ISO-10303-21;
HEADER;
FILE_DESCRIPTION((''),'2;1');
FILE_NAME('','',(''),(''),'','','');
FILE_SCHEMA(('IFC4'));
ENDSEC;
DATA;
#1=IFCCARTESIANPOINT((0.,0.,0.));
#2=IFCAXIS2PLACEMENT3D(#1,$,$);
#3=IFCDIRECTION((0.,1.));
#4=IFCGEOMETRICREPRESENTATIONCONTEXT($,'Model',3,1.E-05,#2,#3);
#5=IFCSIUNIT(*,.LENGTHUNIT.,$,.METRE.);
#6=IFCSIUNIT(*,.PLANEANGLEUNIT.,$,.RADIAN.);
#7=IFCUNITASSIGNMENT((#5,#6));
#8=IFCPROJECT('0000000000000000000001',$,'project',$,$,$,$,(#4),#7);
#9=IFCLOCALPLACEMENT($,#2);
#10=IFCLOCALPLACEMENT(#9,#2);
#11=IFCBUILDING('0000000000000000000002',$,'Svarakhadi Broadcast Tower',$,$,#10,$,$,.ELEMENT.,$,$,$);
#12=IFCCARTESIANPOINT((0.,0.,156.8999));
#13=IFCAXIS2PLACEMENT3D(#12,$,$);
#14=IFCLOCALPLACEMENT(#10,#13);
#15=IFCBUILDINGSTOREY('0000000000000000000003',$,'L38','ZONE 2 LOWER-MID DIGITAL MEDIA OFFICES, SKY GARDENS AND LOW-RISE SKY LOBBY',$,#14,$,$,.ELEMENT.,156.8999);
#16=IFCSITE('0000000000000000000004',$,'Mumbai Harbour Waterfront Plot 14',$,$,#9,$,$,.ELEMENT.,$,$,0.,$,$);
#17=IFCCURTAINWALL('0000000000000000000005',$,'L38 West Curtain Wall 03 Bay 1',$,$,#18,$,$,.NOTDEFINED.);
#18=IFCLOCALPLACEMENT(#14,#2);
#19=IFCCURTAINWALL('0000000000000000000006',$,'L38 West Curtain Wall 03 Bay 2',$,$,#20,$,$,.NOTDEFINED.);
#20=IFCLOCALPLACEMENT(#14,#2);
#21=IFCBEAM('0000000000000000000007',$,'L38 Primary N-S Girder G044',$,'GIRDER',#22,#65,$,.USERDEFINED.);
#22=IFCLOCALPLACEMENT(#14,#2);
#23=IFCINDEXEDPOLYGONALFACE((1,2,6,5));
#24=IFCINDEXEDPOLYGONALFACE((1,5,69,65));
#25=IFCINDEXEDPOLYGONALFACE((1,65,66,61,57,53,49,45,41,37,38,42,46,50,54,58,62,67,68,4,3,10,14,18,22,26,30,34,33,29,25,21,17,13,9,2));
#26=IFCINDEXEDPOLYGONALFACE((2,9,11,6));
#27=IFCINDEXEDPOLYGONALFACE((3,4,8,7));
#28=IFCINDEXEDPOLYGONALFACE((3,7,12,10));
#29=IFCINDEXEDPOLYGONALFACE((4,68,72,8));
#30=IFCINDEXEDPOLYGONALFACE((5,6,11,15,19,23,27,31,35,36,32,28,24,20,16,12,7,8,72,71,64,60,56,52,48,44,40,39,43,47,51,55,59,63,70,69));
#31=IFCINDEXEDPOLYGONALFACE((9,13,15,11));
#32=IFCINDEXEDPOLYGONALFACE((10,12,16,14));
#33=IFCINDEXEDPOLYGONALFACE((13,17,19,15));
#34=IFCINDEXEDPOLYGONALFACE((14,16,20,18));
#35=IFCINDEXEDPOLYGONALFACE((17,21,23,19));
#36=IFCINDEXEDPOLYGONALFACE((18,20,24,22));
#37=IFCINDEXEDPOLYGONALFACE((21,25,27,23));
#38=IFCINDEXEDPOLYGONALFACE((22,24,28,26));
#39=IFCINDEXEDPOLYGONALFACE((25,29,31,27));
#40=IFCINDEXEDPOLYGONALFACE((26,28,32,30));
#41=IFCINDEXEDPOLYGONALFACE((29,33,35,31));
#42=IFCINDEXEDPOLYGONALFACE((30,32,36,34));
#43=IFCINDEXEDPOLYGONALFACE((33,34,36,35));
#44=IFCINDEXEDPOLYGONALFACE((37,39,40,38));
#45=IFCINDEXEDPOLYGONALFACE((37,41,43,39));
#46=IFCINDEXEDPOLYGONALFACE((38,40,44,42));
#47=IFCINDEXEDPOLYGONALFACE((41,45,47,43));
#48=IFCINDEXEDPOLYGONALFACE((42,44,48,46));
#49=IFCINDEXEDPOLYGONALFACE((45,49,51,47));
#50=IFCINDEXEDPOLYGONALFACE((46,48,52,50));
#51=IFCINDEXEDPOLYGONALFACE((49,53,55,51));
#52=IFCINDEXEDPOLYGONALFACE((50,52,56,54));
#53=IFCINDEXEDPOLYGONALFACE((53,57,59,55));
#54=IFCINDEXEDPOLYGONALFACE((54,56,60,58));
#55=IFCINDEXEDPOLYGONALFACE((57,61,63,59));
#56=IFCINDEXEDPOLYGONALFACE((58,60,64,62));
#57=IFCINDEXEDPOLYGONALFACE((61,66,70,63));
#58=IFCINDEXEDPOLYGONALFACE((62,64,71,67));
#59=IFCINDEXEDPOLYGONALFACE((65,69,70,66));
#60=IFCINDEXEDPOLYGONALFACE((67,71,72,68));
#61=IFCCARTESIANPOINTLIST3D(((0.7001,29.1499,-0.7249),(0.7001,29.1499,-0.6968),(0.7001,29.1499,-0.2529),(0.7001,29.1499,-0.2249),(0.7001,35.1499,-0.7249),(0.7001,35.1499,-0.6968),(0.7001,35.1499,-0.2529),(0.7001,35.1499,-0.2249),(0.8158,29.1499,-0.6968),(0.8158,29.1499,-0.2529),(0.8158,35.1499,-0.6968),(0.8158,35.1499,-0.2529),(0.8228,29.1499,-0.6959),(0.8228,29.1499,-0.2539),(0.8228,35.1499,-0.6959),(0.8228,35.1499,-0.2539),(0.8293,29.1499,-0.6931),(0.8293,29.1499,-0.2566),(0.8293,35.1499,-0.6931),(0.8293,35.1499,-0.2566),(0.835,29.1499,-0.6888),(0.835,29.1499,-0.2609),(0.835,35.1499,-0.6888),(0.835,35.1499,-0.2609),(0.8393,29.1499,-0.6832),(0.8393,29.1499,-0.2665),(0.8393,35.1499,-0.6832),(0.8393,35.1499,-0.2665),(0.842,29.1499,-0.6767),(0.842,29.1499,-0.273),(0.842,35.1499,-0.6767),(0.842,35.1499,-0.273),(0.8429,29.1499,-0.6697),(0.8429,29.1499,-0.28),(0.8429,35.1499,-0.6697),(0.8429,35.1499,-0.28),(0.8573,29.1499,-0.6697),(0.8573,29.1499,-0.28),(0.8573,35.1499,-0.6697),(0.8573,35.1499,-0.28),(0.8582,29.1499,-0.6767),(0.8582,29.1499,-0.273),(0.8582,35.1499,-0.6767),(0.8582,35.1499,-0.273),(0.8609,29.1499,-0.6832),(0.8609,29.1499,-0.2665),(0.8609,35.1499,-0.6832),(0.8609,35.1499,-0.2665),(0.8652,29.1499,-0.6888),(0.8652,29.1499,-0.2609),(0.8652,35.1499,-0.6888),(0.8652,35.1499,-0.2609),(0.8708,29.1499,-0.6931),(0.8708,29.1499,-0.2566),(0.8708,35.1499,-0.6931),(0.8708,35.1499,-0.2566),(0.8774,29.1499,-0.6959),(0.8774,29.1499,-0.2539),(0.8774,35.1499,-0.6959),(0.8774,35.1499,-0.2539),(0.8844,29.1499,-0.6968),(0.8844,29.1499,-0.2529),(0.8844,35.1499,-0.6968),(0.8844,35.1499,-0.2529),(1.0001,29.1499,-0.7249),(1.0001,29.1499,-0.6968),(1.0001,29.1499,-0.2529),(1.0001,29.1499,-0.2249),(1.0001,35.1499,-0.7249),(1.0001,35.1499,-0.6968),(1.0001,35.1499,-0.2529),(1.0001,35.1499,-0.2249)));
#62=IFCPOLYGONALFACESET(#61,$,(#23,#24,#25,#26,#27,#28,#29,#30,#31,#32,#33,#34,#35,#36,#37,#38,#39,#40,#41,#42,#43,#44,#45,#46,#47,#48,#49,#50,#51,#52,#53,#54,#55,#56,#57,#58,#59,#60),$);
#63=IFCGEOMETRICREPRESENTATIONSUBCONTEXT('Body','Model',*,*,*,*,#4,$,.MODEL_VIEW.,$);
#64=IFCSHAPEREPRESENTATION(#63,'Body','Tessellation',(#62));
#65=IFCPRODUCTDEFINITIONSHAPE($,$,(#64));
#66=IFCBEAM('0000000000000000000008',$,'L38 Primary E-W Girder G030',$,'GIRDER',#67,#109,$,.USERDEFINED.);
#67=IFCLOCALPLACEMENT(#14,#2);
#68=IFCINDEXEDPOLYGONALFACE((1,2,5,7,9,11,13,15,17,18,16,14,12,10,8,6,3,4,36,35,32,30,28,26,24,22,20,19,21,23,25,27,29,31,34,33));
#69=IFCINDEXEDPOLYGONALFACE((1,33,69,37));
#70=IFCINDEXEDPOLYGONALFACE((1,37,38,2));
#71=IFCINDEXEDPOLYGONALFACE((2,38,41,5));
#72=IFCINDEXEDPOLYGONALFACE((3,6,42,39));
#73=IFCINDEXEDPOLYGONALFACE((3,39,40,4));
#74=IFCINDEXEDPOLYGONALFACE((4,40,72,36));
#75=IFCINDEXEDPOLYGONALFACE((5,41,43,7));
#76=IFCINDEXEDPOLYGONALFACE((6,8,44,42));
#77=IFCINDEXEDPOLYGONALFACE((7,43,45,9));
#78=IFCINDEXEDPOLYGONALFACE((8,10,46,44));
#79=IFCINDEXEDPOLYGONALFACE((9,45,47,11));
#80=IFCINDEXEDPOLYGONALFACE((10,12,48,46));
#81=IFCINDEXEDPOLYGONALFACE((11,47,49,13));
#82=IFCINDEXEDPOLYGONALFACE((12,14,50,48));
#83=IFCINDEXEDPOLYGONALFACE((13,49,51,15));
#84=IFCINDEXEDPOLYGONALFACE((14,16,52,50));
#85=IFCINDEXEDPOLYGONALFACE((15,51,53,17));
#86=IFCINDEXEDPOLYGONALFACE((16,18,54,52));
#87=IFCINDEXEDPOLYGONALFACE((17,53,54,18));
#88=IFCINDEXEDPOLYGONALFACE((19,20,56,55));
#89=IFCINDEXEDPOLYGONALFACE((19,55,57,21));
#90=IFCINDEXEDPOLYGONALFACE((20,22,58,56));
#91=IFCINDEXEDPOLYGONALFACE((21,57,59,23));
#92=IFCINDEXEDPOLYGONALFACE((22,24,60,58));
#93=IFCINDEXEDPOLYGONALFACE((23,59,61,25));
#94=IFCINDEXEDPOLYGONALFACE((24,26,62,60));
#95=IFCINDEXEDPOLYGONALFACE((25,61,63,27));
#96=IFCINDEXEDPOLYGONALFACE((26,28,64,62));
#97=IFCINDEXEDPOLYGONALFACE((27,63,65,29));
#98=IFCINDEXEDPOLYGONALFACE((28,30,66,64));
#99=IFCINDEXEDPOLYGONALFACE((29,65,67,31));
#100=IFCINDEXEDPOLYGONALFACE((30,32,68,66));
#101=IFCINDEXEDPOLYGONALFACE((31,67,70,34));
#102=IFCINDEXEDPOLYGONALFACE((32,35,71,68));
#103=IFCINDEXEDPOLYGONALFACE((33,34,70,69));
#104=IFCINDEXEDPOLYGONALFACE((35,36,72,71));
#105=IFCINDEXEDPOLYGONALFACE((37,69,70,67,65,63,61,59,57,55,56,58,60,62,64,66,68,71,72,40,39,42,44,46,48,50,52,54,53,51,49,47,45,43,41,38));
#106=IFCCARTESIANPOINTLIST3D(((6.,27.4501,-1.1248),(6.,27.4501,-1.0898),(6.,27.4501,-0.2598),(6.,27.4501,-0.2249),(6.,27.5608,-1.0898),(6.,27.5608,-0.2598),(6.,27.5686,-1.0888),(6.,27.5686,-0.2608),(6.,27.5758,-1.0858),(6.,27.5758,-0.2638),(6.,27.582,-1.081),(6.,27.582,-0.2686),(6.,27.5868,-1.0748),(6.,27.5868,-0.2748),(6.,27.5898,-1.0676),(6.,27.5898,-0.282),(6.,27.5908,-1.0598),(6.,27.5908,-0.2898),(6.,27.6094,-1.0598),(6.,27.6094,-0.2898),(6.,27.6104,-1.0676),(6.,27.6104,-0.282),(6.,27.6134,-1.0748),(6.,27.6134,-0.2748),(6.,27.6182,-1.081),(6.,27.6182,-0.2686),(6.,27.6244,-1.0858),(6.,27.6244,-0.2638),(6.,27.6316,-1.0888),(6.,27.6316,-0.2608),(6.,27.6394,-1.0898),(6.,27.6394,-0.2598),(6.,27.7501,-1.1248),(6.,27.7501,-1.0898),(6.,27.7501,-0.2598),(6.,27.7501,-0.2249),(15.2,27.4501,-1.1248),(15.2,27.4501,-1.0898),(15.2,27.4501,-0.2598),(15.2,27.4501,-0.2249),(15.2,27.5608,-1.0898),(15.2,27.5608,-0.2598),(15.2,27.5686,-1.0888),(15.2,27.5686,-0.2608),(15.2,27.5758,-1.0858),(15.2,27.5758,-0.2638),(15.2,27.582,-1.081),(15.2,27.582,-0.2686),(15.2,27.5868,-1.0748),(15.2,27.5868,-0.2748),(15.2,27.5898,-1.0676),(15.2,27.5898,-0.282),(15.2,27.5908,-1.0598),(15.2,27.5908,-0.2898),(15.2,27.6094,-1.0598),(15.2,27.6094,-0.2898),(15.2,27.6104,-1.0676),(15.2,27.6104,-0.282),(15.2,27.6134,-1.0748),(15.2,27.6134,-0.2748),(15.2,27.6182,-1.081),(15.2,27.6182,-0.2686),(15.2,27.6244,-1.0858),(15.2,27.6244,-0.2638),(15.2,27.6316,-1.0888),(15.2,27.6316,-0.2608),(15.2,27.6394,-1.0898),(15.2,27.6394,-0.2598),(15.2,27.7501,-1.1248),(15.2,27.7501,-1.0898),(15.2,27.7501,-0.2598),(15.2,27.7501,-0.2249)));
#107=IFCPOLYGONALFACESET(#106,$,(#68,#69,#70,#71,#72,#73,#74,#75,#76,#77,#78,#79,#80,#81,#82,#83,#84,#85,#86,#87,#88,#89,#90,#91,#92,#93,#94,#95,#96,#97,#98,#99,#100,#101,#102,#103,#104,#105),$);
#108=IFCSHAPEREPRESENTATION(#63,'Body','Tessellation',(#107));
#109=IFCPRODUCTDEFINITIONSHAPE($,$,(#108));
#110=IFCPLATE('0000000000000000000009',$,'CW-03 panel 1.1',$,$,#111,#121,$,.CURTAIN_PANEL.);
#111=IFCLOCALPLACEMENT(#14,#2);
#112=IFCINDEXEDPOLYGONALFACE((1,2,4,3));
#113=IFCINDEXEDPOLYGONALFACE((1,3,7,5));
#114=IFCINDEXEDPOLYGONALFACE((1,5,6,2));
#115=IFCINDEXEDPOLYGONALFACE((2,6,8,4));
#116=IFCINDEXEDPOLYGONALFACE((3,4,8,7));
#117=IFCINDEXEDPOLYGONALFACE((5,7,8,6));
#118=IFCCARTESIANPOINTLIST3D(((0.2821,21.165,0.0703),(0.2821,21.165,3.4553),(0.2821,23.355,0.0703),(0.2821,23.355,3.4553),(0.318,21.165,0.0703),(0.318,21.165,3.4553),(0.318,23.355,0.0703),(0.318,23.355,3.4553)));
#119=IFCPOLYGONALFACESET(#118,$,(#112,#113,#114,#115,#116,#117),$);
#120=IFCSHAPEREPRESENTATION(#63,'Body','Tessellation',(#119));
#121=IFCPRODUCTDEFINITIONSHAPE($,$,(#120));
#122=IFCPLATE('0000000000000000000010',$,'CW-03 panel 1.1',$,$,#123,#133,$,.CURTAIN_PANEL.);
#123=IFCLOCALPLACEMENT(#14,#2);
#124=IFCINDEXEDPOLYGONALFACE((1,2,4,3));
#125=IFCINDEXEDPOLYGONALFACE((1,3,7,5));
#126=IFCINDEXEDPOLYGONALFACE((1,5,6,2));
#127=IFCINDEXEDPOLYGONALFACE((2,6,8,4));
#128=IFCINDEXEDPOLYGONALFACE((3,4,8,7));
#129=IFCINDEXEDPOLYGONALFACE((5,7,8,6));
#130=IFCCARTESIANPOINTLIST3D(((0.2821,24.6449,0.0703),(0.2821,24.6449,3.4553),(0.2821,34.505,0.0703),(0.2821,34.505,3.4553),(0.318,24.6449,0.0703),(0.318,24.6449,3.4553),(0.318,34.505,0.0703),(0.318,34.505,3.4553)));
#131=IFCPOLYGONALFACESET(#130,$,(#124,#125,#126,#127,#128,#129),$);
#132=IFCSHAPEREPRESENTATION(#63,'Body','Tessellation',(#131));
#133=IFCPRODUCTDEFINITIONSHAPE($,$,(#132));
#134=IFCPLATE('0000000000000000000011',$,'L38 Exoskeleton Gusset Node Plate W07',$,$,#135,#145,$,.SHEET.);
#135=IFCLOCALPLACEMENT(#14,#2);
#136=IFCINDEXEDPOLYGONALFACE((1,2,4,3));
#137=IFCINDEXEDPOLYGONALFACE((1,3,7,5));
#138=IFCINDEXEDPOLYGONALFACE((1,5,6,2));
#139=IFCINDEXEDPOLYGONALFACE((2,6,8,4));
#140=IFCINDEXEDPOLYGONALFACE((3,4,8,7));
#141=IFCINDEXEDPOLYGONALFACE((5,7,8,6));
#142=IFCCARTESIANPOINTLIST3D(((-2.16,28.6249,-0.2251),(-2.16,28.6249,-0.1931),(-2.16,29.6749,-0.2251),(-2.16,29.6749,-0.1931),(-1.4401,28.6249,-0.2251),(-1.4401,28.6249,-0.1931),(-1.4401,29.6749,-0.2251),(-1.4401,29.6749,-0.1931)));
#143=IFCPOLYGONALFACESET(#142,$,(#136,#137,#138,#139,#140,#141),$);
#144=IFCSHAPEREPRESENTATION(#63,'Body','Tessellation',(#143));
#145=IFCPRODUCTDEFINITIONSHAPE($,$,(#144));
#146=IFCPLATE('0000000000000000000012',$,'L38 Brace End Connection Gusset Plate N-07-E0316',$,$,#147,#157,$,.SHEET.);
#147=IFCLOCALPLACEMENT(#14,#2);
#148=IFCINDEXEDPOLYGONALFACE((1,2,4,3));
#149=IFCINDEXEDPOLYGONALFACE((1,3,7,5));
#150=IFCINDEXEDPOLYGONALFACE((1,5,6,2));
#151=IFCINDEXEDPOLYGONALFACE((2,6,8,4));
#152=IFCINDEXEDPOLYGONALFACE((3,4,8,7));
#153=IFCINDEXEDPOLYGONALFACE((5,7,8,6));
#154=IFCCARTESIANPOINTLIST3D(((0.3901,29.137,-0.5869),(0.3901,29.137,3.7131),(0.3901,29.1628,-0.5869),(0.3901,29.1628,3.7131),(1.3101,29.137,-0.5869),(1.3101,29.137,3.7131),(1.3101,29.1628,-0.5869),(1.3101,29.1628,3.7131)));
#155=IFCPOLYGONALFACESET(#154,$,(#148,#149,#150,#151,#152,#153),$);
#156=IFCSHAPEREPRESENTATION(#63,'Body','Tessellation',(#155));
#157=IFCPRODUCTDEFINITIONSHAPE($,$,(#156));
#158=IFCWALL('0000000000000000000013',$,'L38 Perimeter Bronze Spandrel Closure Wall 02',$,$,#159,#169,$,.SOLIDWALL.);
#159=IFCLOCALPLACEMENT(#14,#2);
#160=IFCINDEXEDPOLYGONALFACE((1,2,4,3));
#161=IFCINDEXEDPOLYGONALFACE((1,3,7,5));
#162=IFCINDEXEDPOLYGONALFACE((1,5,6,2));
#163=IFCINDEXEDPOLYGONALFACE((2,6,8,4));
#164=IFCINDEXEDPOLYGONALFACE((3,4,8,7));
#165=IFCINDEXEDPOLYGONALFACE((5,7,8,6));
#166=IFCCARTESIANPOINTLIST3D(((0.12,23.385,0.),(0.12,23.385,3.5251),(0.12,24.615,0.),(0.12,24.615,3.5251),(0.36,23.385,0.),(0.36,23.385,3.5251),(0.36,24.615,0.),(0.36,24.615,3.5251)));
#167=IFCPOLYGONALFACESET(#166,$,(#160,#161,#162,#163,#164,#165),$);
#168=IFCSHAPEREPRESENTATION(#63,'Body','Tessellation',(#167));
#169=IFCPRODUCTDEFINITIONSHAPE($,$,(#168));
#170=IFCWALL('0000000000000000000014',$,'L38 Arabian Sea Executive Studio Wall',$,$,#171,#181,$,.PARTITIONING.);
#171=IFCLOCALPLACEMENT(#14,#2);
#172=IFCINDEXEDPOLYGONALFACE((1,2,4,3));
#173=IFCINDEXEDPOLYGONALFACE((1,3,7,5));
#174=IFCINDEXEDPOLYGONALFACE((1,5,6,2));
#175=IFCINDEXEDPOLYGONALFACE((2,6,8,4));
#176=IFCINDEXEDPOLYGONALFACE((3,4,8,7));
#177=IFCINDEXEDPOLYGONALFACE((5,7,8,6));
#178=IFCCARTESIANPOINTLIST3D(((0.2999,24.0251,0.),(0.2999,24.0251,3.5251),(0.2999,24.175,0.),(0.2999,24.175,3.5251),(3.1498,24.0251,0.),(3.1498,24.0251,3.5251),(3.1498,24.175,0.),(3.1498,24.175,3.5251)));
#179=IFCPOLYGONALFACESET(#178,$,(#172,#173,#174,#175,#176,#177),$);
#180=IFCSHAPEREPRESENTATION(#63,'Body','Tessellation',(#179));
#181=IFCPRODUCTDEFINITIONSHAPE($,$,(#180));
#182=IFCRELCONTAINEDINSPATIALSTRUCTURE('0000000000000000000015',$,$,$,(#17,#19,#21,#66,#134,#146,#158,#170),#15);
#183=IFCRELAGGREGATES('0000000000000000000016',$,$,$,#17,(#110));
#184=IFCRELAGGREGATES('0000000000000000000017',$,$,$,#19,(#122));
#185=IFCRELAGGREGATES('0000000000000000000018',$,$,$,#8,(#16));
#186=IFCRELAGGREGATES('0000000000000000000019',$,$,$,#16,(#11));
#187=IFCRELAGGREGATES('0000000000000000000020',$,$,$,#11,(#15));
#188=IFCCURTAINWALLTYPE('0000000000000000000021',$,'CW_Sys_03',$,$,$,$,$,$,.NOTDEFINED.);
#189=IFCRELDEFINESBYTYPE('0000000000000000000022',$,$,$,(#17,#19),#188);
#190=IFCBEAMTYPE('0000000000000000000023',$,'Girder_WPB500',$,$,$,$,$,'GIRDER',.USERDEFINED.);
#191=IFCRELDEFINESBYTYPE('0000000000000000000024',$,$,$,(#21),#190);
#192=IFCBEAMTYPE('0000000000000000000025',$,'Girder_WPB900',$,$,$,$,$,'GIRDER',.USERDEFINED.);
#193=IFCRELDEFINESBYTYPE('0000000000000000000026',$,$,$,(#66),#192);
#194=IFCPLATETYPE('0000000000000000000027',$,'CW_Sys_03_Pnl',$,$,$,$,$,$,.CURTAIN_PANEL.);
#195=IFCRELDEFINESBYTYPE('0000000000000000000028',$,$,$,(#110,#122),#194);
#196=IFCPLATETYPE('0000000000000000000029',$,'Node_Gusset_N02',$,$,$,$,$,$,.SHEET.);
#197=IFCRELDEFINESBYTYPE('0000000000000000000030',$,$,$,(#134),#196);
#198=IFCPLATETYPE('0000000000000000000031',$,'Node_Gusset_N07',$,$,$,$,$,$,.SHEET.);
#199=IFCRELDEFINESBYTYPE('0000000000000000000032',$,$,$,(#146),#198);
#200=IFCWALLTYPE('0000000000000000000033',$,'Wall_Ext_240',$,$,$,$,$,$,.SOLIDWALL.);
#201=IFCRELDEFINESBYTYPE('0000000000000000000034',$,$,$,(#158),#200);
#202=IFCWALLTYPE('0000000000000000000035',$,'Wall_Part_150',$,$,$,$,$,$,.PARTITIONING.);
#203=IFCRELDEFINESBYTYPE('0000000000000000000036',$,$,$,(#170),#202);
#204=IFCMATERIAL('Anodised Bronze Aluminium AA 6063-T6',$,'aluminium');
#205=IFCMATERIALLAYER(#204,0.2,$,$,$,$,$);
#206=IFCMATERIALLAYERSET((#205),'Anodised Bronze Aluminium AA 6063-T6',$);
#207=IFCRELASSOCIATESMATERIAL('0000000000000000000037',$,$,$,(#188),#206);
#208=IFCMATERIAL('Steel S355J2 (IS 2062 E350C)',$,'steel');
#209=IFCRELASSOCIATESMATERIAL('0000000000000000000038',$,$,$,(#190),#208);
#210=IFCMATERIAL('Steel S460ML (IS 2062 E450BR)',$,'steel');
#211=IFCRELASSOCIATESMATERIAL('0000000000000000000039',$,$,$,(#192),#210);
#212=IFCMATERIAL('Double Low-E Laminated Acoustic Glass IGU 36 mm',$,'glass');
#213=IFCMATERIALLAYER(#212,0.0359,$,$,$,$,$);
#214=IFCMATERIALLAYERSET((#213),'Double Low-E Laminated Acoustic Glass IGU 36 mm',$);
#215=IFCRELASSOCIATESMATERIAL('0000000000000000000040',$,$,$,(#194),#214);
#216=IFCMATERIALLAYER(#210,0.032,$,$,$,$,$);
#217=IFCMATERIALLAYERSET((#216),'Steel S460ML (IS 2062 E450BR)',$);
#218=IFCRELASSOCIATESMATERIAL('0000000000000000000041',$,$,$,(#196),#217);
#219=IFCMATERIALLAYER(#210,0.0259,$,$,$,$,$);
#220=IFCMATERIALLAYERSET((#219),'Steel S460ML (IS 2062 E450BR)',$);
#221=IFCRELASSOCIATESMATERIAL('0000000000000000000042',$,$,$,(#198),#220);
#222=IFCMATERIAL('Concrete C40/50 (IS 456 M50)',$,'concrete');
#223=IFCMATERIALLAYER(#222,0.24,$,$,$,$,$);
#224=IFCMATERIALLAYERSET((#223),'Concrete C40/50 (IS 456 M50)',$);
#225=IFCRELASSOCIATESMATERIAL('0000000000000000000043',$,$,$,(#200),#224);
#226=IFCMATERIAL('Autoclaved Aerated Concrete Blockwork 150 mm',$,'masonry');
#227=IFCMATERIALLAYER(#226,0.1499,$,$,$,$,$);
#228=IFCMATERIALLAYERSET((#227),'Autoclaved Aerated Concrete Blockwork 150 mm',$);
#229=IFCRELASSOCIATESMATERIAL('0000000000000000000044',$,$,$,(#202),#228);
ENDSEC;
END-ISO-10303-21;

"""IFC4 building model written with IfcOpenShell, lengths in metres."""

from ifc_helpers import new_model, si_unit, direction, frame, frame_2d, origin, origin_2d, place, context, subcontext, project, spatial, rectangle, i_section, extrude, material, layer, layer_set, material_profile, profile_set, type_object, element, aggregate, save


model = new_model("IFC4")

# Units and contexts
model_context = context("Model", 3, precision=1e-05, world=origin(), true_north=direction((0.0, 1.0)))
body_context = subcontext(model_context, "Body", "Model", "MODEL_VIEW")
ifc_project = project(units=[si_unit("LENGTHUNIT", "METRE"), si_unit("PLANEANGLEUNIT", "RADIAN")], contexts=[model_context])

# Site, building, storey
site_placement = place(None, origin())
site = spatial("IfcSite", under=ifc_project, at=site_placement, Name="Mumbai Harbour Waterfront Plot 14", CompositionType="ELEMENT", RefElevation=0.0)
building_placement = place(site_placement, origin())
building = spatial("IfcBuilding", under=site, at=building_placement, Name="Svarakhadi Broadcast Tower", CompositionType="ELEMENT")
storey_placement = place(building_placement, frame((0.0, 0.0, 156.8999)))
storey = spatial("IfcBuildingStorey", under=building, at=storey_placement, Name="L38", Description="ZONE 2 LOWER-MID DIGITAL MEDIA OFFICES, SKY GARDENS AND LOW-RISE SKY LOBBY", CompositionType="ELEMENT", Elevation=156.8999)

# Shared definitions
ifc_material_1 = material(Name="Steel S460ML (IS 2062 E450BR)", Category="steel")

# Shared definitions
ifc_material_2 = material(Name="Steel S355J2 (IS 2062 E350C)", Category="steel")

# Curtain wall
ifc_material_3 = material(Name="Anodised Bronze Aluminium AA 6063-T6", Category="aluminium")
ifc_layer_1 = layer(ifc_material_3, 0.2)
ifc_layer_set_1 = layer_set([ifc_layer_1], Name="Anodised Bronze Aluminium AA 6063-T6")
curtain_wall_type = type_object("IfcCurtainWallType", Name="CW_Sys_03", PredefinedType="NOTDEFINED", material=ifc_layer_set_1)
curtain_wall_1_placement = place(storey_placement, origin())
curtain_wall_1 = element("IfcCurtainWall", 1, at=curtain_wall_1_placement, inside=storey, type_object=curtain_wall_type, Name="L38 West Curtain Wall 03 Bay 1", PredefinedType="NOTDEFINED")

# Curtain wall
curtain_wall_2_placement = place(storey_placement, origin())
curtain_wall_2 = element("IfcCurtainWall", 2, at=curtain_wall_2_placement, inside=storey, type_object=curtain_wall_type, Name="L38 West Curtain Wall 03 Bay 2", PredefinedType="NOTDEFINED")

# Beams
ifc_material_profile_1 = material_profile(ifc_material_2, i_section(OverallWidth=0.3, OverallDepth=0.5, WebThickness=0.0144, FlangeThickness=0.0281, FilletRadius=0.0271, at=origin_2d()), Name="WPB 500x300x187")
ifc_profile_set_1 = profile_set([ifc_material_profile_1], Name="Steel S355J2 (IS 2062 E350C)")
beam_type_1 = type_object("IfcBeamType", Name="Girder_WPB500", ElementType="GIRDER", PredefinedType="USERDEFINED", material=ifc_profile_set_1)
beam_1_placement = place(storey_placement, frame((0.8501, 29.1499, -0.4749), z_axis=(0.0, 1.0, 0.0), x_axis=(-1.0, 0.0, 0.0)))
element("IfcBeam", 3, at=beam_1_placement, inside=storey, type_object=beam_type_1, Name="L38 Primary N-S Girder G044", ObjectType="GIRDER", PredefinedType="USERDEFINED", context=body_context, shape_type="SweptSolid", body=[
    extrude(i_section(OverallWidth=0.3, OverallDepth=0.5, WebThickness=0.0144, FlangeThickness=0.0281, FilletRadius=0.0271, at=origin_2d()), origin(), (0.0, 0.0, 1.0), 6.0),
])
ifc_material_profile_2 = material_profile(ifc_material_1, i_section(OverallWidth=0.3, OverallDepth=0.8999, WebThickness=0.0186, FlangeThickness=0.0349, FilletRadius=0.03, at=origin_2d()), Name="WPB 900x300x291")
ifc_profile_set_2 = profile_set([ifc_material_profile_2], Name="Steel S460ML (IS 2062 E450BR)")
beam_type_2 = type_object("IfcBeamType", Name="Girder_WPB900", ElementType="GIRDER", PredefinedType="USERDEFINED", material=ifc_profile_set_2)
beam_2_placement = place(storey_placement, frame((6.0, 27.6001, -0.6748), z_axis=(1.0, 0.0, 0.0), x_axis=(0.0, 1.0, 0.0)))
element("IfcBeam", 4, at=beam_2_placement, inside=storey, type_object=beam_type_2, Name="L38 Primary E-W Girder G030", ObjectType="GIRDER", PredefinedType="USERDEFINED", context=body_context, shape_type="SweptSolid", body=[
    extrude(i_section(OverallWidth=0.3, OverallDepth=0.8999, WebThickness=0.0186, FlangeThickness=0.0349, FilletRadius=0.03, at=origin_2d()), origin(), (0.0, 0.0, 1.0), 9.2),
])

# Plates
ifc_material_4 = material(Name="Double Low-E Laminated Acoustic Glass IGU 36 mm", Category="glass")
ifc_layer_2 = layer(ifc_material_4, 0.0359)
ifc_layer_set_2 = layer_set([ifc_layer_2], Name="Double Low-E Laminated Acoustic Glass IGU 36 mm")
plate_type_1 = type_object("IfcPlateType", Name="CW_Sys_03_Pnl", PredefinedType="CURTAIN_PANEL", material=ifc_layer_set_2)
plate_1_placement = place(storey_placement, frame((0.3, 22.26, 0.0703), z_axis=(0.0, 0.0, 1.0), x_axis=(0.0, 1.0, 0.0)))
plate_1 = element("IfcPlate", 5, at=plate_1_placement, type_object=plate_type_1, Name="CW-03 panel 1.1", PredefinedType="CURTAIN_PANEL", context=body_context, shape_type="SweptSolid", body=[
    extrude(rectangle(XDim=2.1899, YDim=0.0359, at=origin_2d()), origin(), (0.0, 0.0, 1.0), 3.385),
])
aggregate(curtain_wall_1, [plate_1])
plate_2_placement = place(storey_placement, frame((0.3, 29.575, 0.0703), z_axis=(0.0, 0.0, 1.0), x_axis=(0.0, 1.0, 0.0)))
plate_2 = element("IfcPlate", 6, at=plate_2_placement, type_object=plate_type_1, Name="CW-03 panel 1.1", PredefinedType="CURTAIN_PANEL", context=body_context, shape_type="SweptSolid", body=[
    extrude(rectangle(XDim=9.8601, YDim=0.0359, at=origin_2d()), origin(), (0.0, 0.0, 1.0), 3.385),
])
aggregate(curtain_wall_2, [plate_2])

# Plates
ifc_layer_3 = layer(ifc_material_1, 0.032)
ifc_layer_set_3 = layer_set([ifc_layer_3], Name="Steel S460ML (IS 2062 E450BR)")
plate_type_2 = type_object("IfcPlateType", Name="Node_Gusset_N02", PredefinedType="SHEET", material=ifc_layer_set_3)
plate_3_placement = place(storey_placement, frame((-1.8, 29.1499, -0.2251), z_axis=(0.0, 0.0, 1.0), x_axis=(0.0, 1.0, 0.0)))
element("IfcPlate", 7, at=plate_3_placement, inside=storey, type_object=plate_type_2, Name="L38 Exoskeleton Gusset Node Plate W07", PredefinedType="SHEET", context=body_context, shape_type="SweptSolid", body=[
    extrude(rectangle(XDim=1.05, YDim=0.72, at=origin_2d()), origin(), (0.0, 0.0, 1.0), 0.032),
])
ifc_layer_4 = layer(ifc_material_1, 0.0259)
ifc_layer_set_4 = layer_set([ifc_layer_4], Name="Steel S460ML (IS 2062 E450BR)")
plate_type_3 = type_object("IfcPlateType", Name="Node_Gusset_N07", PredefinedType="SHEET", material=ifc_layer_set_4)
plate_4_placement = place(storey_placement, frame((0.8501, 29.1499, -0.5869), z_axis=(0.0, 0.0, 1.0), x_axis=(1.0, 0.0, 0.0)))
element("IfcPlate", 8, at=plate_4_placement, inside=storey, type_object=plate_type_3, Name="L38 Brace End Connection Gusset Plate N-07-E0316", PredefinedType="SHEET", context=body_context, shape_type="SweptSolid", body=[
    extrude(rectangle(XDim=0.9199, YDim=0.0259, at=origin_2d()), origin(), (0.0, 0.0, 1.0), 4.3),
])

# Walls
ifc_material_5 = material(Name="Concrete C40/50 (IS 456 M50)", Category="concrete")
ifc_layer_5 = layer(ifc_material_5, 0.24)
ifc_layer_set_5 = layer_set([ifc_layer_5], Name="Concrete C40/50 (IS 456 M50)")
wall_type_1 = type_object("IfcWallType", Name="Wall_Ext_240", PredefinedType="SOLIDWALL", material=ifc_layer_set_5)
wall_1_placement = place(storey_placement, frame((0.24, 23.385, 0.0), z_axis=(0.0, 0.0, 1.0), x_axis=(0.0, 1.0, 0.0)))
element("IfcWall", 9, at=wall_1_placement, inside=storey, type_object=wall_type_1, Name="L38 Perimeter Bronze Spandrel Closure Wall 02", PredefinedType="SOLIDWALL", context=body_context, shape_type="SweptSolid", body=[
    extrude(rectangle(XDim=1.23, YDim=0.24, at=frame_2d((0.615, 0.0))), origin(), (0.0, 0.0, 1.0), 3.5251),
])
ifc_material_6 = material(Name="Autoclaved Aerated Concrete Blockwork 150 mm", Category="masonry")
ifc_layer_6 = layer(ifc_material_6, 0.1499)
ifc_layer_set_6 = layer_set([ifc_layer_6], Name="Autoclaved Aerated Concrete Blockwork 150 mm")
wall_type_2 = type_object("IfcWallType", Name="Wall_Part_150", PredefinedType="PARTITIONING", material=ifc_layer_set_6)
wall_2_placement = place(storey_placement, frame((0.3, 24.1001, 0.0), z_axis=(0.0, 0.0, 1.0), x_axis=(1.0, 0.0, 0.0)))
element("IfcWall", 10, at=wall_2_placement, inside=storey, type_object=wall_type_2, Name="L38 Arabian Sea Executive Studio Wall", PredefinedType="PARTITIONING", context=body_context, shape_type="SweptSolid", body=[
    extrude(rectangle(XDim=2.8499, YDim=0.1499, at=frame_2d((1.4248, 0.0))), origin(), (0.0, 0.0, 1.0), 3.5251),
])

save(model, "model.ifc")
